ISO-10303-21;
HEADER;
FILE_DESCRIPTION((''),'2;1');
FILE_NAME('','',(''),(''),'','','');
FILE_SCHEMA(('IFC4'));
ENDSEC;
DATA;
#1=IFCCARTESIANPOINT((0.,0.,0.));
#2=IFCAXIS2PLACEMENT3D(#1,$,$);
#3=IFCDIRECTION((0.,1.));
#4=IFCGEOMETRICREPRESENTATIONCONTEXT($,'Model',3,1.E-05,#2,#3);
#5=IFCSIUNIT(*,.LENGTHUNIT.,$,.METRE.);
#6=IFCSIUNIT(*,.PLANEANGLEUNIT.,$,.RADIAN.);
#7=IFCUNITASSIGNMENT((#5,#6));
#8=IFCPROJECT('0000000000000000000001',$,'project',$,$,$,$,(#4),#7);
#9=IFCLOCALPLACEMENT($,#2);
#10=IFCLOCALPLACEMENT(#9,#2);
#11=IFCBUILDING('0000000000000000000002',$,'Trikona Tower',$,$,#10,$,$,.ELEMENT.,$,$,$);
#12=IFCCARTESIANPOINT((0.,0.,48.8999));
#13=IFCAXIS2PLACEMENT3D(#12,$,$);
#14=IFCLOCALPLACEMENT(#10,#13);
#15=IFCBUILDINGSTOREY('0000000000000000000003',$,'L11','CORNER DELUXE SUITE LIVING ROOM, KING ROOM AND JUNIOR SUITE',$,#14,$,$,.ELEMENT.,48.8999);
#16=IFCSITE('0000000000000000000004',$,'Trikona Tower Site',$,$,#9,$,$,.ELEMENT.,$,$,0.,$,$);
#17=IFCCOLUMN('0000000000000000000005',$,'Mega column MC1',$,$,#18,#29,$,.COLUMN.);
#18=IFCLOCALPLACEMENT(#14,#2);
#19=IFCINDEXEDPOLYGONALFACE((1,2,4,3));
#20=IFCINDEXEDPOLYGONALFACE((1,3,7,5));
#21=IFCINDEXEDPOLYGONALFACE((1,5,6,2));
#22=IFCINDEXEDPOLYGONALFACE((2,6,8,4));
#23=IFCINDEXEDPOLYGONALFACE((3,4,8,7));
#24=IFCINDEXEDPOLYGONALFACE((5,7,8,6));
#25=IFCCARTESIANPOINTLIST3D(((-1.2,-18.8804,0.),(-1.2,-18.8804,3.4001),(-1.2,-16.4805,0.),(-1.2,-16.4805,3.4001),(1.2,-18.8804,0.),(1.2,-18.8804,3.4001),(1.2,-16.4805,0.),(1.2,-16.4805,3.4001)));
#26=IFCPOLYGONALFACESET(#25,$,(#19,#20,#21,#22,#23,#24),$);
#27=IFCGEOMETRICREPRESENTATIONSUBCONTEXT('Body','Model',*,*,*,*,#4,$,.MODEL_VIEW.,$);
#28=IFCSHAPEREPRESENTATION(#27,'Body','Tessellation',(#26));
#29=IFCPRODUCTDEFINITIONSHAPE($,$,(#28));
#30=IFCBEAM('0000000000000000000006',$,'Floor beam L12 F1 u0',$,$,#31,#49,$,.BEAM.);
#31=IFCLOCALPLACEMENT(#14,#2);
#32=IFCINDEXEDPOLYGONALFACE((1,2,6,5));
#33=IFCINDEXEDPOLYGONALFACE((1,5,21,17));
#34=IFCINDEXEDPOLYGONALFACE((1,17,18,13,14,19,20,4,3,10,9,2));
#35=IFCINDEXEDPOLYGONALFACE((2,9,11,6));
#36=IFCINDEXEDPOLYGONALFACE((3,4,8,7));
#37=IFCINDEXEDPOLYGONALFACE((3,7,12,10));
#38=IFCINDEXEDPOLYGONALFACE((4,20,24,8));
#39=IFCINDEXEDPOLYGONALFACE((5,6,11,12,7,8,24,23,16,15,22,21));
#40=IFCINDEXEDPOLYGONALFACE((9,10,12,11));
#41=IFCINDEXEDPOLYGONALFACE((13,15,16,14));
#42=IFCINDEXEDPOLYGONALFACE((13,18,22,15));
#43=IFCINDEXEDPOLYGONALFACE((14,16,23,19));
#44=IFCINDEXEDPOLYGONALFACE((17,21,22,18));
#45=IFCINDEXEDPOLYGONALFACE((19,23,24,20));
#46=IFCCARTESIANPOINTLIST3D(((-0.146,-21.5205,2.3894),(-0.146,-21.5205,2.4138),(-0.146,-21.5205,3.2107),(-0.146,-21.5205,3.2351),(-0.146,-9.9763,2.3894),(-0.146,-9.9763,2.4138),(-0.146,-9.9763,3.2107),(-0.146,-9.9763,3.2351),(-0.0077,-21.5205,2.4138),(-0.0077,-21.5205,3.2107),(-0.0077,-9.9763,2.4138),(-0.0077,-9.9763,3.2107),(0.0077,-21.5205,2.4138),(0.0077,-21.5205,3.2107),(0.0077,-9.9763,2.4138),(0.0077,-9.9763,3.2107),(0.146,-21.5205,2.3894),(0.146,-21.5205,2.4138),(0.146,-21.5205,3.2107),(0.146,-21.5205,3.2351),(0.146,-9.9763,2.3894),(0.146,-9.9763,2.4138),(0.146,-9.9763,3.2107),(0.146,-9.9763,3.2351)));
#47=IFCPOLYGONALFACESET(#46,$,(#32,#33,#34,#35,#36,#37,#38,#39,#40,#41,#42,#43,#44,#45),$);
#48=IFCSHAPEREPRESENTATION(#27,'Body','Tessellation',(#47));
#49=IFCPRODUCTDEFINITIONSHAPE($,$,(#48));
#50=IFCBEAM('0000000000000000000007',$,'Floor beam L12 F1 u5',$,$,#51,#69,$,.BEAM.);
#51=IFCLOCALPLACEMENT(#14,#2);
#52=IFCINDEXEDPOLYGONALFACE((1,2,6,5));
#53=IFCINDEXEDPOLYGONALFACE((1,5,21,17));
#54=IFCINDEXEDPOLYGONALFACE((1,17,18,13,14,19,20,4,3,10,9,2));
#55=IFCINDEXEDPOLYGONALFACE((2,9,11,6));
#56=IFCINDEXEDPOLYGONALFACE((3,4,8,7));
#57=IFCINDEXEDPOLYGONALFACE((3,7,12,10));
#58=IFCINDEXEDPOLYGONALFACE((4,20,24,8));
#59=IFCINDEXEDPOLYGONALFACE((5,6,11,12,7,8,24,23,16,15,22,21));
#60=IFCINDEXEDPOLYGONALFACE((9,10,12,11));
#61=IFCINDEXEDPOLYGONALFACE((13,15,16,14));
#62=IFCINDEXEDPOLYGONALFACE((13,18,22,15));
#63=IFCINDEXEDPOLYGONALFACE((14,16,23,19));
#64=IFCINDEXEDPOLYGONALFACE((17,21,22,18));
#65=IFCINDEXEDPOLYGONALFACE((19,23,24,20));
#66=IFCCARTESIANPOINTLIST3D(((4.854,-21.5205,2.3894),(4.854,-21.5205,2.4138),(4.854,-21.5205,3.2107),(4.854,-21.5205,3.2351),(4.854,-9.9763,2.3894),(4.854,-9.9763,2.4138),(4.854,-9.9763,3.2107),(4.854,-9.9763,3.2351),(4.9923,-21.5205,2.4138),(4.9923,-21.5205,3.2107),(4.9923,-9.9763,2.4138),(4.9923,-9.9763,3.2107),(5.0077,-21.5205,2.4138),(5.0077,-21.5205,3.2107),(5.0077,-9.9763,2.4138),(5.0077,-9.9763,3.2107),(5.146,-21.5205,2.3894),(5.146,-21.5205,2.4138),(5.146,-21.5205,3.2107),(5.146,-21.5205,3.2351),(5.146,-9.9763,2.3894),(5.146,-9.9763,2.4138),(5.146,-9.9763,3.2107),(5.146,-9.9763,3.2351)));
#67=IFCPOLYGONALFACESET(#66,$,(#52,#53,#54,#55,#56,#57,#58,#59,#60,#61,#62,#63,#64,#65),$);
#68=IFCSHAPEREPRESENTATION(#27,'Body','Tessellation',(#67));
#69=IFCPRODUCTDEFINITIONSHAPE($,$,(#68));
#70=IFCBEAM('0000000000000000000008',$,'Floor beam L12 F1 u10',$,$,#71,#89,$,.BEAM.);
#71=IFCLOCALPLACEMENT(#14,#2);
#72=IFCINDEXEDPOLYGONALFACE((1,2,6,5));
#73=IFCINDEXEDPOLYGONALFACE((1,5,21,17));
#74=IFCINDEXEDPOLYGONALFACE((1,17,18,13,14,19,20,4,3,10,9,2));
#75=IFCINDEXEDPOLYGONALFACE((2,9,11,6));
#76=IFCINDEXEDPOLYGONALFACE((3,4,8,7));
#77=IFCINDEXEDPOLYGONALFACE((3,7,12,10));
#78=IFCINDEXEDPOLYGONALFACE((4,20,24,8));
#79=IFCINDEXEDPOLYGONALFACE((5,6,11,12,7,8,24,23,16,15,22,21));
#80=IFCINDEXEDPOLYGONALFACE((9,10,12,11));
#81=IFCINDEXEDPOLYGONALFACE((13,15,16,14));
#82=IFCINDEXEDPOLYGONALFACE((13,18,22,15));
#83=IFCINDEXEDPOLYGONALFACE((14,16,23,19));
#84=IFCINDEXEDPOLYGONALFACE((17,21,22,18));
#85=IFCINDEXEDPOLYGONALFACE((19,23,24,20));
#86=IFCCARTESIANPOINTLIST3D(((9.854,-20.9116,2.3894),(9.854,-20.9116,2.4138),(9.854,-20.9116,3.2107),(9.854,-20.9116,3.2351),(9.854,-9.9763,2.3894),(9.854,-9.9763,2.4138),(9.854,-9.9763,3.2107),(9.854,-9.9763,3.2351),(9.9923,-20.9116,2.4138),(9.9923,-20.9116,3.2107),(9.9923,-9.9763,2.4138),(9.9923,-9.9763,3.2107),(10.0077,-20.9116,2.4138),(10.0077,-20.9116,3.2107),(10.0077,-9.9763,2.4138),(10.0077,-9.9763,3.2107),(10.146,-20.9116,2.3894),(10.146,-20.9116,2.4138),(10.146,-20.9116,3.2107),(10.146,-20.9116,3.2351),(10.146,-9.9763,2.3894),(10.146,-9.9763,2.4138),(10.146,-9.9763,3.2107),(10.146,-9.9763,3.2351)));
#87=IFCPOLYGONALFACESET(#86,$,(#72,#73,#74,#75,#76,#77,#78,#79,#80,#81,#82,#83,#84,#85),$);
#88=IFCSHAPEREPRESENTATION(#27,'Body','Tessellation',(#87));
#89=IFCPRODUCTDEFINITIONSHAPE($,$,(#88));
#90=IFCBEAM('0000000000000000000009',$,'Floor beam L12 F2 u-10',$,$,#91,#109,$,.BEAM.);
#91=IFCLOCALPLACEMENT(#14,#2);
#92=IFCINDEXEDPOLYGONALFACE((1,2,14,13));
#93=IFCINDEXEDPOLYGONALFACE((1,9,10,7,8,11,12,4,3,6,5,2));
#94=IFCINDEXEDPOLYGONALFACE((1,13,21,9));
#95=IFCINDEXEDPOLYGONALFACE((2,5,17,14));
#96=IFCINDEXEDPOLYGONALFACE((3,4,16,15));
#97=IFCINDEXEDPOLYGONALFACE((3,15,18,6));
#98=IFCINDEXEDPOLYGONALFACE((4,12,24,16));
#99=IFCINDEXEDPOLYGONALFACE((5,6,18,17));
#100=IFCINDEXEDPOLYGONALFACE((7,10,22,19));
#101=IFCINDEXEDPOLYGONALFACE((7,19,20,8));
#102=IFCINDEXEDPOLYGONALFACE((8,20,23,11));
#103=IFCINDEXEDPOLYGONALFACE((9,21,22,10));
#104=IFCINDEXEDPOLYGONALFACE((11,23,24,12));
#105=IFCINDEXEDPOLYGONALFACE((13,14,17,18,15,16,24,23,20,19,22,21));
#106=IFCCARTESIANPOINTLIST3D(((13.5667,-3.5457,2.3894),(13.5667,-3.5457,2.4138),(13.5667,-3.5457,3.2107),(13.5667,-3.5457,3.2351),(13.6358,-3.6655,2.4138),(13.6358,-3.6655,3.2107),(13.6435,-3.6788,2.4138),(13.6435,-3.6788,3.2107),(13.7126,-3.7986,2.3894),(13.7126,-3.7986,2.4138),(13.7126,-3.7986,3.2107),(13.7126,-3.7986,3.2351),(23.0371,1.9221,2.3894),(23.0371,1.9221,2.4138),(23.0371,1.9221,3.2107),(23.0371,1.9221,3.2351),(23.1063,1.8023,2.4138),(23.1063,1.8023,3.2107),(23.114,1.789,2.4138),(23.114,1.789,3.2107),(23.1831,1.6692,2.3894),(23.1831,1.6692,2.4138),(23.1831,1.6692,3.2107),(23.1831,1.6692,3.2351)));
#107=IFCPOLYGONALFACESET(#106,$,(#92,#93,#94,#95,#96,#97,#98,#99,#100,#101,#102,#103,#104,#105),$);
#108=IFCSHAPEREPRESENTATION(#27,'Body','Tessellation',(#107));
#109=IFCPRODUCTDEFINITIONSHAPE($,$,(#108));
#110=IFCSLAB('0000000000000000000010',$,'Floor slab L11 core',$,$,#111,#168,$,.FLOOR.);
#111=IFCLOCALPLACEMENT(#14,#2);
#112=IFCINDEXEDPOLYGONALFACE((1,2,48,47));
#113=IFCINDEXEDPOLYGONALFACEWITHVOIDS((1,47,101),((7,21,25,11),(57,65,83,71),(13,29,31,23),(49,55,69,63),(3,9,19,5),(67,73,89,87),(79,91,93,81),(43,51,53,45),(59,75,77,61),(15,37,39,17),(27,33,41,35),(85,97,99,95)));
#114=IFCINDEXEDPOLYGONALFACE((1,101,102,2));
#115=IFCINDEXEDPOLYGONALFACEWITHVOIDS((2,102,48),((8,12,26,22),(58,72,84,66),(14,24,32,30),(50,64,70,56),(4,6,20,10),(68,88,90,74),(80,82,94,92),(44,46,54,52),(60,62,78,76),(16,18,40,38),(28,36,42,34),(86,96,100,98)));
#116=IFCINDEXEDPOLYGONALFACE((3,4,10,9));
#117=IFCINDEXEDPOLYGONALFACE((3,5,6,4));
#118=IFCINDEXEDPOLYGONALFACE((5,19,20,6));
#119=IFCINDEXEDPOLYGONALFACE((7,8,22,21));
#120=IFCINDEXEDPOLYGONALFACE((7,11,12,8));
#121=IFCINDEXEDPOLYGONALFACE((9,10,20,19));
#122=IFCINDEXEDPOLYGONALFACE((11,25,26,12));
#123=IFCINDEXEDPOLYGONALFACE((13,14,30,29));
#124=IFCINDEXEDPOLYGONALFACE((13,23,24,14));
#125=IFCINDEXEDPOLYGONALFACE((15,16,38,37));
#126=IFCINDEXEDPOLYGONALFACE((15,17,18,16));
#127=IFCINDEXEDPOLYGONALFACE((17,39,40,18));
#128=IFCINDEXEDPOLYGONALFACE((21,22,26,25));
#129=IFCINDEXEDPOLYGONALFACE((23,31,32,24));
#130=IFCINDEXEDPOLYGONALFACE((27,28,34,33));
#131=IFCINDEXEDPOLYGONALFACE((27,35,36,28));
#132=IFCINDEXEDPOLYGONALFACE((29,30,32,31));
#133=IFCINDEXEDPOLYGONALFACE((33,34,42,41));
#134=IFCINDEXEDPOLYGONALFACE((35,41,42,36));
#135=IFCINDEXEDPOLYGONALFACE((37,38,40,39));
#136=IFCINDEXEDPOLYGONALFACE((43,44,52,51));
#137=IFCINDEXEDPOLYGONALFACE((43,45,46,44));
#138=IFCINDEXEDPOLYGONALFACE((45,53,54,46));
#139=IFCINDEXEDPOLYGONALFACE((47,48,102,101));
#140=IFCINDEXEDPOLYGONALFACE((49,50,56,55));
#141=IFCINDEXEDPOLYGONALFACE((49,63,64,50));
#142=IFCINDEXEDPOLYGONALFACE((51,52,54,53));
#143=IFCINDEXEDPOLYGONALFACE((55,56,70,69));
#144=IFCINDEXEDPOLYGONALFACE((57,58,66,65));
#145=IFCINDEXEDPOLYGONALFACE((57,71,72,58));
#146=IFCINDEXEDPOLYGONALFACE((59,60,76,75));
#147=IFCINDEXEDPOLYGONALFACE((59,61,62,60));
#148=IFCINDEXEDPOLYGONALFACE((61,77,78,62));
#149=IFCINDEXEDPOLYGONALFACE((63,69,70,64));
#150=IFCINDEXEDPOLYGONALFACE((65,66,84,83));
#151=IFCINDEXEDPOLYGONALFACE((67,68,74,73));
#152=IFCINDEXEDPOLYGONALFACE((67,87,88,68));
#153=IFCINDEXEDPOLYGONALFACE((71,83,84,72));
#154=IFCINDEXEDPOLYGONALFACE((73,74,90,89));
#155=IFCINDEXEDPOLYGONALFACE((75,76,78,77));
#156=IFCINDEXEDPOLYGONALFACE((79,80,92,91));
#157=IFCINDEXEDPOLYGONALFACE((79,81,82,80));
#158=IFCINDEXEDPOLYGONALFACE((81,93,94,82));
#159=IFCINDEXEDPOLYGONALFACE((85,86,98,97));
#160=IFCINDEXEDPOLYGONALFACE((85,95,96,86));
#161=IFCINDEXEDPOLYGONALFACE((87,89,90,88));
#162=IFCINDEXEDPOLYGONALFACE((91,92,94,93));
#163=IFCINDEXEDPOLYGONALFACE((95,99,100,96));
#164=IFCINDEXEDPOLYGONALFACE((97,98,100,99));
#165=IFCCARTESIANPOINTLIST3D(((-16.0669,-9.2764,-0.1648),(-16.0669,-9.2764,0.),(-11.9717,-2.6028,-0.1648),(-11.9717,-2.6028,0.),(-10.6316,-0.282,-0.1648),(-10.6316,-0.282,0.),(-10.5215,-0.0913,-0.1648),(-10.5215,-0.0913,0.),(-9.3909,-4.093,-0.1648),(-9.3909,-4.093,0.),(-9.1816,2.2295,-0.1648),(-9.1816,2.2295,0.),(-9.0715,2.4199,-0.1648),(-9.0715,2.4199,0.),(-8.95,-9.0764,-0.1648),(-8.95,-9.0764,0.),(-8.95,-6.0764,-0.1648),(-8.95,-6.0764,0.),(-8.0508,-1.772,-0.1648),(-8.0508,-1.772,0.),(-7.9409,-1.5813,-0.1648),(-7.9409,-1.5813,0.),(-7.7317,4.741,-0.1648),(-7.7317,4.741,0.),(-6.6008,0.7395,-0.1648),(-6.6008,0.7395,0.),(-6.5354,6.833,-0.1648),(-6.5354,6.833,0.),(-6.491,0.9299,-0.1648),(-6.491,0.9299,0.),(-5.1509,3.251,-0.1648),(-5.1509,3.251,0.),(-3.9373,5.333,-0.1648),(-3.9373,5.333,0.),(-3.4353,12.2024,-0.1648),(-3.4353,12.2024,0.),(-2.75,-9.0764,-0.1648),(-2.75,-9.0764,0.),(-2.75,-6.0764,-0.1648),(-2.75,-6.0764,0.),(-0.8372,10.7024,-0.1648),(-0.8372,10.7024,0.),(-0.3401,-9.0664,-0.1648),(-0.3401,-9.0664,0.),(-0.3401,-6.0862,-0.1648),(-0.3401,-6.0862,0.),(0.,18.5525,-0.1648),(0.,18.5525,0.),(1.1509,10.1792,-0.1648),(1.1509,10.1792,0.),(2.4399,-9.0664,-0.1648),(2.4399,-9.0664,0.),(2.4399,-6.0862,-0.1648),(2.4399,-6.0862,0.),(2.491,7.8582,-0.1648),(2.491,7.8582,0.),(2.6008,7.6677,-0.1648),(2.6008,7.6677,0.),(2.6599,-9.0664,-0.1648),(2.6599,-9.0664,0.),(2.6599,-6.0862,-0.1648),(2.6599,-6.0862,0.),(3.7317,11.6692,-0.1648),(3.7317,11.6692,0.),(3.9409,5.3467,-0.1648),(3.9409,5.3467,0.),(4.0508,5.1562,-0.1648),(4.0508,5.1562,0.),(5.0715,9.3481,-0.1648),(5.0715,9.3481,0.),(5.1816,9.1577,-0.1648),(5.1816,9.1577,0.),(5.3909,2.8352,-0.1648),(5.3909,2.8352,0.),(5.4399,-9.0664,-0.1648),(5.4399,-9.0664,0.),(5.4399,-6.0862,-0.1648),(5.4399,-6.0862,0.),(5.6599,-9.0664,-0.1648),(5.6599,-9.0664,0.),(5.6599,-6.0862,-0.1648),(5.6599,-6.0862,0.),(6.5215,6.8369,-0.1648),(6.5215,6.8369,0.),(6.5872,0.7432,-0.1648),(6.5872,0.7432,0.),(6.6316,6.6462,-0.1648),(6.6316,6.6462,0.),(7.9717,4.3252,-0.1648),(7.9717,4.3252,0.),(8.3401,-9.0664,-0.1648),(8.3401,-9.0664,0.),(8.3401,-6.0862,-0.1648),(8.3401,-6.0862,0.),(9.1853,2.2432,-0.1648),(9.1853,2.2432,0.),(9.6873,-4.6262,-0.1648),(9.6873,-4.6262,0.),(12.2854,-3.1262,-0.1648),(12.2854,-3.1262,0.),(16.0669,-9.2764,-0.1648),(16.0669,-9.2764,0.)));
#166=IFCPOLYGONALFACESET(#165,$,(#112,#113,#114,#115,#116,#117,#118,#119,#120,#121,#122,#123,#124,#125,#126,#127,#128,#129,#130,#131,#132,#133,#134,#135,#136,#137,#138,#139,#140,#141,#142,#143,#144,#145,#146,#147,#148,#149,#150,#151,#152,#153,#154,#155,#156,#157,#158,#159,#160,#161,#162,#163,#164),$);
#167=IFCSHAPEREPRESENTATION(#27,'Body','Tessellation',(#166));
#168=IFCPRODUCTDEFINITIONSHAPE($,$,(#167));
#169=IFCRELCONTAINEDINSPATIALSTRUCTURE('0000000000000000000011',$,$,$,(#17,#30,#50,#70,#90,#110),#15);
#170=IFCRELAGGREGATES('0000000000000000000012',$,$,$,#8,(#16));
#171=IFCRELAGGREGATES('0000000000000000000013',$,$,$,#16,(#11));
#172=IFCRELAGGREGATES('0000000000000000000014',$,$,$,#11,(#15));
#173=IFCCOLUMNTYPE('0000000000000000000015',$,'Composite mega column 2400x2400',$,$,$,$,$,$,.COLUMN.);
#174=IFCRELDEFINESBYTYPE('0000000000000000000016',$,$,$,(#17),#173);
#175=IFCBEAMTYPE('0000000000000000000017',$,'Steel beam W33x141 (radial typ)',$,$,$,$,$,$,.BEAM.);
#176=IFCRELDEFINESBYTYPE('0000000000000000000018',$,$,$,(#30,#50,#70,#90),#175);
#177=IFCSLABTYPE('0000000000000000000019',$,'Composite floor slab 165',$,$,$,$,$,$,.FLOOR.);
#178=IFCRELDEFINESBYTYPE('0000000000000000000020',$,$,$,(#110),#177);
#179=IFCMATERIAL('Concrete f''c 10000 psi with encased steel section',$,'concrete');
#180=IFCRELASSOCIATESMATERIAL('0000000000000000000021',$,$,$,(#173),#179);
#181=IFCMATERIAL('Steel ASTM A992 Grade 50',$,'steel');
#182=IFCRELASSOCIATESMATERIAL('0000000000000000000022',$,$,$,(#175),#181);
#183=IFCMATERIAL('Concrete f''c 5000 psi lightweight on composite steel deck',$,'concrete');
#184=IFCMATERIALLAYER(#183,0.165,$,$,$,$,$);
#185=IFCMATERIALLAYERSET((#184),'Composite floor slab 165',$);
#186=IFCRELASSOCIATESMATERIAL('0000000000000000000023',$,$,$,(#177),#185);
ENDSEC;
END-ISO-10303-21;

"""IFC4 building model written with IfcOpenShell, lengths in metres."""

from ifc_helpers import new_model, si_unit, direction, frame, origin, origin_2d, place, context, subcontext, project, spatial, polyline, rectangle, i_section, outline, extrude, material, layer, layer_set, material_profile, profile_set, type_object, element, save


model = new_model("IFC4")

# Units and contexts
model_context = context("Model", 3, precision=1e-05, world=origin(), true_north=direction((0.0, 1.0)))
body_context = subcontext(model_context, "Body", "Model", "MODEL_VIEW")
ifc_project = project(units=[si_unit("LENGTHUNIT", "METRE"), si_unit("PLANEANGLEUNIT", "RADIAN")], contexts=[model_context])

# Site, building, storey
site_placement = place(None, origin())
site = spatial("IfcSite", under=ifc_project, at=site_placement, Name="Trikona Tower Site", CompositionType="ELEMENT", RefElevation=0.0)
building_placement = place(site_placement, origin())
building = spatial("IfcBuilding", under=site, at=building_placement, Name="Trikona Tower", CompositionType="ELEMENT")
storey_placement = place(building_placement, frame((0.0, 0.0, 48.8999)))
storey = spatial("IfcBuildingStorey", under=building, at=storey_placement, Name="L11", Description="CORNER DELUXE SUITE LIVING ROOM, KING ROOM AND JUNIOR SUITE", CompositionType="ELEMENT", Elevation=48.8999)

# Column
ifc_material_1 = material(Name="Concrete f'c 10000 psi with encased steel section", Category="concrete")
ifc_material_profile_1 = material_profile(ifc_material_1, rectangle(XDim=2.3999, YDim=2.3999, at=origin_2d()), Name="MC2400")
ifc_profile_set_1 = profile_set([ifc_material_profile_1], Name="Concrete f'c 10000 psi with encased steel section")
column_type = type_object("IfcColumnType", Name="Composite mega column 2400x2400", PredefinedType="COLUMN", material=ifc_profile_set_1)
column_placement = place(storey_placement, frame((0.0, -17.6804, 0.0), z_axis=(0.0, 0.0, 1.0), x_axis=(0.0, -1.0, 0.0)))
element("IfcColumn", 1, at=column_placement, inside=storey, type_object=column_type, Name="Mega column MC1", PredefinedType="COLUMN", context=body_context, shape_type="SweptSolid", body=[
    extrude(rectangle(XDim=2.3999, YDim=2.3999, at=origin_2d()), origin(), (0.0, 0.0, 1.0), 3.4001),
])

# Beams
ifc_material_2 = material(Name="Steel ASTM A992 Grade 50", Category="steel")
ifc_material_profile_2 = material_profile(ifc_material_2, i_section(OverallWidth=0.292, OverallDepth=0.8457, WebThickness=0.0154, FlangeThickness=0.0244, at=origin_2d()), Name="W33X141")
ifc_profile_set_2 = profile_set([ifc_material_profile_2], Name="Steel ASTM A992 Grade 50")
beam_type = type_object("IfcBeamType", Name="Steel beam W33x141 (radial typ)", PredefinedType="BEAM", material=ifc_profile_set_2)
for number, where, z_axis, x_axis, name in (
    (2, (0.0, -9.9763, 2.8123), (0.0, -1.0, 0.0), (1.0, 0.0, 0.0), "Floor beam L12 F1 u0"),
    (3, (5.0, -9.9763, 2.8123), (0.0, -1.0, 0.0), (1.0, 0.0, 0.0), "Floor beam L12 F1 u5"),
):
    element("IfcBeam", number, at=place(storey_placement, frame(where, z_axis=z_axis, x_axis=x_axis)), inside=storey, type_object=beam_type, Name=name, PredefinedType="BEAM", context=body_context, shape_type="SweptSolid", body=[
        extrude(i_section(OverallWidth=0.292, OverallDepth=0.8457, WebThickness=0.0154, FlangeThickness=0.0244, at=origin_2d()), origin(), (0.0, 0.0, 1.0), 11.5442),
    ])
beam_1_placement = place(storey_placement, frame((10.0, -9.9763, 2.8123), z_axis=(0.0, -1.0, 0.0), x_axis=(1.0, 0.0, 0.0)))
element("IfcBeam", 4, at=beam_1_placement, inside=storey, type_object=beam_type, Name="Floor beam L12 F1 u10", PredefinedType="BEAM", context=body_context, shape_type="SweptSolid", body=[
    extrude(i_section(OverallWidth=0.292, OverallDepth=0.8457, WebThickness=0.0154, FlangeThickness=0.0244, at=origin_2d()), origin(), (0.0, 0.0, 1.0), 10.9353),
])
beam_2_placement = place(storey_placement, frame((13.6396, -3.6721, 2.8123), z_axis=(0.866025, 0.5, 0.0), x_axis=(-0.5, 0.866025, 0.0)))
element("IfcBeam", 5, at=beam_2_placement, inside=storey, type_object=beam_type, Name="Floor beam L12 F2 u-10", PredefinedType="BEAM", context=body_context, shape_type="SweptSolid", body=[
    extrude(i_section(OverallWidth=0.292, OverallDepth=0.8457, WebThickness=0.0154, FlangeThickness=0.0244, at=origin_2d()), origin(), (0.0, 0.0, 1.0), 10.9355),
])

# Slab
ifc_material_3 = material(Name="Concrete f'c 5000 psi lightweight on composite steel deck", Category="concrete")
ifc_layer_1 = layer(ifc_material_3, 0.165)
ifc_layer_set_1 = layer_set([ifc_layer_1], Name="Composite floor slab 165")
slab_type = type_object("IfcSlabType", Name="Composite floor slab 165", PredefinedType="FLOOR", material=ifc_layer_set_1)
slab_1_placement = place(storey_placement, frame((0.0, 0.0, -0.1648)))
element("IfcSlab", 6, at=slab_1_placement, inside=storey, type_object=slab_type, Name="Floor slab L11 core", PredefinedType="FLOOR", context=body_context, shape_type="SweptSolid", body=[
    extrude(outline(polyline([(-16.0669, -9.2764), (16.0669, -9.2764), (0.0, 18.5525), (-16.0669, -9.2764)]), holes=[polyline([(12.2854, -3.1262), (9.1853, 2.2432), (6.5872, 0.7432), (9.6873, -4.6262), (12.2854, -3.1262)]), polyline([(8.3401, -9.0664), (8.3401, -6.0862), (5.6599, -6.0862), (5.6599, -9.0664), (8.3401, -9.0664)]), polyline([(5.3909, 2.8352), (7.9717, 4.3252), (6.6316, 6.6462), (4.0508, 5.1562), (5.3909, 2.8352)]), polyline([(2.6008, 7.6677), (3.9409, 5.3467), (6.5215, 6.8369), (5.1816, 9.1577), (2.6008, 7.6677)]), polyline([(5.4399, -6.0862), (2.6599, -6.0862), (2.6599, -9.0664), (5.4399, -9.0664), (5.4399, -6.0862)]), polyline([(3.7317, 11.6692), (1.1509, 10.1792), (2.491, 7.8582), (5.0715, 9.3481), (3.7317, 11.6692)]), polyline([(-0.3401, -6.0862), (-0.3401, -9.0664), (2.4399, -9.0664), (2.4399, -6.0862), (-0.3401, -6.0862)]), polyline([(-3.4353, 12.2024), (-6.5354, 6.833), (-3.9373, 5.333), (-0.8372, 10.7024), (-3.4353, 12.2024)]), polyline([(-8.95, -9.0764), (-2.75, -9.0764), (-2.75, -6.0764), (-8.95, -6.0764), (-8.95, -9.0764)]), polyline([(-5.1509, 3.251), (-7.7317, 4.741), (-9.0715, 2.4199), (-6.491, 0.9299), (-5.1509, 3.251)]), polyline([(-7.9409, -1.5813), (-6.6008, 0.7395), (-9.1816, 2.2295), (-10.5215, -0.0913), (-7.9409, -1.5813)]), polyline([(-11.9717, -2.6028), (-9.3909, -4.093), (-8.0508, -1.772), (-10.6316, -0.282), (-11.9717, -2.6028)])]), origin(), (0.0, 0.0, 1.0), 0.1648),
])

save(model, "model.ifc")
